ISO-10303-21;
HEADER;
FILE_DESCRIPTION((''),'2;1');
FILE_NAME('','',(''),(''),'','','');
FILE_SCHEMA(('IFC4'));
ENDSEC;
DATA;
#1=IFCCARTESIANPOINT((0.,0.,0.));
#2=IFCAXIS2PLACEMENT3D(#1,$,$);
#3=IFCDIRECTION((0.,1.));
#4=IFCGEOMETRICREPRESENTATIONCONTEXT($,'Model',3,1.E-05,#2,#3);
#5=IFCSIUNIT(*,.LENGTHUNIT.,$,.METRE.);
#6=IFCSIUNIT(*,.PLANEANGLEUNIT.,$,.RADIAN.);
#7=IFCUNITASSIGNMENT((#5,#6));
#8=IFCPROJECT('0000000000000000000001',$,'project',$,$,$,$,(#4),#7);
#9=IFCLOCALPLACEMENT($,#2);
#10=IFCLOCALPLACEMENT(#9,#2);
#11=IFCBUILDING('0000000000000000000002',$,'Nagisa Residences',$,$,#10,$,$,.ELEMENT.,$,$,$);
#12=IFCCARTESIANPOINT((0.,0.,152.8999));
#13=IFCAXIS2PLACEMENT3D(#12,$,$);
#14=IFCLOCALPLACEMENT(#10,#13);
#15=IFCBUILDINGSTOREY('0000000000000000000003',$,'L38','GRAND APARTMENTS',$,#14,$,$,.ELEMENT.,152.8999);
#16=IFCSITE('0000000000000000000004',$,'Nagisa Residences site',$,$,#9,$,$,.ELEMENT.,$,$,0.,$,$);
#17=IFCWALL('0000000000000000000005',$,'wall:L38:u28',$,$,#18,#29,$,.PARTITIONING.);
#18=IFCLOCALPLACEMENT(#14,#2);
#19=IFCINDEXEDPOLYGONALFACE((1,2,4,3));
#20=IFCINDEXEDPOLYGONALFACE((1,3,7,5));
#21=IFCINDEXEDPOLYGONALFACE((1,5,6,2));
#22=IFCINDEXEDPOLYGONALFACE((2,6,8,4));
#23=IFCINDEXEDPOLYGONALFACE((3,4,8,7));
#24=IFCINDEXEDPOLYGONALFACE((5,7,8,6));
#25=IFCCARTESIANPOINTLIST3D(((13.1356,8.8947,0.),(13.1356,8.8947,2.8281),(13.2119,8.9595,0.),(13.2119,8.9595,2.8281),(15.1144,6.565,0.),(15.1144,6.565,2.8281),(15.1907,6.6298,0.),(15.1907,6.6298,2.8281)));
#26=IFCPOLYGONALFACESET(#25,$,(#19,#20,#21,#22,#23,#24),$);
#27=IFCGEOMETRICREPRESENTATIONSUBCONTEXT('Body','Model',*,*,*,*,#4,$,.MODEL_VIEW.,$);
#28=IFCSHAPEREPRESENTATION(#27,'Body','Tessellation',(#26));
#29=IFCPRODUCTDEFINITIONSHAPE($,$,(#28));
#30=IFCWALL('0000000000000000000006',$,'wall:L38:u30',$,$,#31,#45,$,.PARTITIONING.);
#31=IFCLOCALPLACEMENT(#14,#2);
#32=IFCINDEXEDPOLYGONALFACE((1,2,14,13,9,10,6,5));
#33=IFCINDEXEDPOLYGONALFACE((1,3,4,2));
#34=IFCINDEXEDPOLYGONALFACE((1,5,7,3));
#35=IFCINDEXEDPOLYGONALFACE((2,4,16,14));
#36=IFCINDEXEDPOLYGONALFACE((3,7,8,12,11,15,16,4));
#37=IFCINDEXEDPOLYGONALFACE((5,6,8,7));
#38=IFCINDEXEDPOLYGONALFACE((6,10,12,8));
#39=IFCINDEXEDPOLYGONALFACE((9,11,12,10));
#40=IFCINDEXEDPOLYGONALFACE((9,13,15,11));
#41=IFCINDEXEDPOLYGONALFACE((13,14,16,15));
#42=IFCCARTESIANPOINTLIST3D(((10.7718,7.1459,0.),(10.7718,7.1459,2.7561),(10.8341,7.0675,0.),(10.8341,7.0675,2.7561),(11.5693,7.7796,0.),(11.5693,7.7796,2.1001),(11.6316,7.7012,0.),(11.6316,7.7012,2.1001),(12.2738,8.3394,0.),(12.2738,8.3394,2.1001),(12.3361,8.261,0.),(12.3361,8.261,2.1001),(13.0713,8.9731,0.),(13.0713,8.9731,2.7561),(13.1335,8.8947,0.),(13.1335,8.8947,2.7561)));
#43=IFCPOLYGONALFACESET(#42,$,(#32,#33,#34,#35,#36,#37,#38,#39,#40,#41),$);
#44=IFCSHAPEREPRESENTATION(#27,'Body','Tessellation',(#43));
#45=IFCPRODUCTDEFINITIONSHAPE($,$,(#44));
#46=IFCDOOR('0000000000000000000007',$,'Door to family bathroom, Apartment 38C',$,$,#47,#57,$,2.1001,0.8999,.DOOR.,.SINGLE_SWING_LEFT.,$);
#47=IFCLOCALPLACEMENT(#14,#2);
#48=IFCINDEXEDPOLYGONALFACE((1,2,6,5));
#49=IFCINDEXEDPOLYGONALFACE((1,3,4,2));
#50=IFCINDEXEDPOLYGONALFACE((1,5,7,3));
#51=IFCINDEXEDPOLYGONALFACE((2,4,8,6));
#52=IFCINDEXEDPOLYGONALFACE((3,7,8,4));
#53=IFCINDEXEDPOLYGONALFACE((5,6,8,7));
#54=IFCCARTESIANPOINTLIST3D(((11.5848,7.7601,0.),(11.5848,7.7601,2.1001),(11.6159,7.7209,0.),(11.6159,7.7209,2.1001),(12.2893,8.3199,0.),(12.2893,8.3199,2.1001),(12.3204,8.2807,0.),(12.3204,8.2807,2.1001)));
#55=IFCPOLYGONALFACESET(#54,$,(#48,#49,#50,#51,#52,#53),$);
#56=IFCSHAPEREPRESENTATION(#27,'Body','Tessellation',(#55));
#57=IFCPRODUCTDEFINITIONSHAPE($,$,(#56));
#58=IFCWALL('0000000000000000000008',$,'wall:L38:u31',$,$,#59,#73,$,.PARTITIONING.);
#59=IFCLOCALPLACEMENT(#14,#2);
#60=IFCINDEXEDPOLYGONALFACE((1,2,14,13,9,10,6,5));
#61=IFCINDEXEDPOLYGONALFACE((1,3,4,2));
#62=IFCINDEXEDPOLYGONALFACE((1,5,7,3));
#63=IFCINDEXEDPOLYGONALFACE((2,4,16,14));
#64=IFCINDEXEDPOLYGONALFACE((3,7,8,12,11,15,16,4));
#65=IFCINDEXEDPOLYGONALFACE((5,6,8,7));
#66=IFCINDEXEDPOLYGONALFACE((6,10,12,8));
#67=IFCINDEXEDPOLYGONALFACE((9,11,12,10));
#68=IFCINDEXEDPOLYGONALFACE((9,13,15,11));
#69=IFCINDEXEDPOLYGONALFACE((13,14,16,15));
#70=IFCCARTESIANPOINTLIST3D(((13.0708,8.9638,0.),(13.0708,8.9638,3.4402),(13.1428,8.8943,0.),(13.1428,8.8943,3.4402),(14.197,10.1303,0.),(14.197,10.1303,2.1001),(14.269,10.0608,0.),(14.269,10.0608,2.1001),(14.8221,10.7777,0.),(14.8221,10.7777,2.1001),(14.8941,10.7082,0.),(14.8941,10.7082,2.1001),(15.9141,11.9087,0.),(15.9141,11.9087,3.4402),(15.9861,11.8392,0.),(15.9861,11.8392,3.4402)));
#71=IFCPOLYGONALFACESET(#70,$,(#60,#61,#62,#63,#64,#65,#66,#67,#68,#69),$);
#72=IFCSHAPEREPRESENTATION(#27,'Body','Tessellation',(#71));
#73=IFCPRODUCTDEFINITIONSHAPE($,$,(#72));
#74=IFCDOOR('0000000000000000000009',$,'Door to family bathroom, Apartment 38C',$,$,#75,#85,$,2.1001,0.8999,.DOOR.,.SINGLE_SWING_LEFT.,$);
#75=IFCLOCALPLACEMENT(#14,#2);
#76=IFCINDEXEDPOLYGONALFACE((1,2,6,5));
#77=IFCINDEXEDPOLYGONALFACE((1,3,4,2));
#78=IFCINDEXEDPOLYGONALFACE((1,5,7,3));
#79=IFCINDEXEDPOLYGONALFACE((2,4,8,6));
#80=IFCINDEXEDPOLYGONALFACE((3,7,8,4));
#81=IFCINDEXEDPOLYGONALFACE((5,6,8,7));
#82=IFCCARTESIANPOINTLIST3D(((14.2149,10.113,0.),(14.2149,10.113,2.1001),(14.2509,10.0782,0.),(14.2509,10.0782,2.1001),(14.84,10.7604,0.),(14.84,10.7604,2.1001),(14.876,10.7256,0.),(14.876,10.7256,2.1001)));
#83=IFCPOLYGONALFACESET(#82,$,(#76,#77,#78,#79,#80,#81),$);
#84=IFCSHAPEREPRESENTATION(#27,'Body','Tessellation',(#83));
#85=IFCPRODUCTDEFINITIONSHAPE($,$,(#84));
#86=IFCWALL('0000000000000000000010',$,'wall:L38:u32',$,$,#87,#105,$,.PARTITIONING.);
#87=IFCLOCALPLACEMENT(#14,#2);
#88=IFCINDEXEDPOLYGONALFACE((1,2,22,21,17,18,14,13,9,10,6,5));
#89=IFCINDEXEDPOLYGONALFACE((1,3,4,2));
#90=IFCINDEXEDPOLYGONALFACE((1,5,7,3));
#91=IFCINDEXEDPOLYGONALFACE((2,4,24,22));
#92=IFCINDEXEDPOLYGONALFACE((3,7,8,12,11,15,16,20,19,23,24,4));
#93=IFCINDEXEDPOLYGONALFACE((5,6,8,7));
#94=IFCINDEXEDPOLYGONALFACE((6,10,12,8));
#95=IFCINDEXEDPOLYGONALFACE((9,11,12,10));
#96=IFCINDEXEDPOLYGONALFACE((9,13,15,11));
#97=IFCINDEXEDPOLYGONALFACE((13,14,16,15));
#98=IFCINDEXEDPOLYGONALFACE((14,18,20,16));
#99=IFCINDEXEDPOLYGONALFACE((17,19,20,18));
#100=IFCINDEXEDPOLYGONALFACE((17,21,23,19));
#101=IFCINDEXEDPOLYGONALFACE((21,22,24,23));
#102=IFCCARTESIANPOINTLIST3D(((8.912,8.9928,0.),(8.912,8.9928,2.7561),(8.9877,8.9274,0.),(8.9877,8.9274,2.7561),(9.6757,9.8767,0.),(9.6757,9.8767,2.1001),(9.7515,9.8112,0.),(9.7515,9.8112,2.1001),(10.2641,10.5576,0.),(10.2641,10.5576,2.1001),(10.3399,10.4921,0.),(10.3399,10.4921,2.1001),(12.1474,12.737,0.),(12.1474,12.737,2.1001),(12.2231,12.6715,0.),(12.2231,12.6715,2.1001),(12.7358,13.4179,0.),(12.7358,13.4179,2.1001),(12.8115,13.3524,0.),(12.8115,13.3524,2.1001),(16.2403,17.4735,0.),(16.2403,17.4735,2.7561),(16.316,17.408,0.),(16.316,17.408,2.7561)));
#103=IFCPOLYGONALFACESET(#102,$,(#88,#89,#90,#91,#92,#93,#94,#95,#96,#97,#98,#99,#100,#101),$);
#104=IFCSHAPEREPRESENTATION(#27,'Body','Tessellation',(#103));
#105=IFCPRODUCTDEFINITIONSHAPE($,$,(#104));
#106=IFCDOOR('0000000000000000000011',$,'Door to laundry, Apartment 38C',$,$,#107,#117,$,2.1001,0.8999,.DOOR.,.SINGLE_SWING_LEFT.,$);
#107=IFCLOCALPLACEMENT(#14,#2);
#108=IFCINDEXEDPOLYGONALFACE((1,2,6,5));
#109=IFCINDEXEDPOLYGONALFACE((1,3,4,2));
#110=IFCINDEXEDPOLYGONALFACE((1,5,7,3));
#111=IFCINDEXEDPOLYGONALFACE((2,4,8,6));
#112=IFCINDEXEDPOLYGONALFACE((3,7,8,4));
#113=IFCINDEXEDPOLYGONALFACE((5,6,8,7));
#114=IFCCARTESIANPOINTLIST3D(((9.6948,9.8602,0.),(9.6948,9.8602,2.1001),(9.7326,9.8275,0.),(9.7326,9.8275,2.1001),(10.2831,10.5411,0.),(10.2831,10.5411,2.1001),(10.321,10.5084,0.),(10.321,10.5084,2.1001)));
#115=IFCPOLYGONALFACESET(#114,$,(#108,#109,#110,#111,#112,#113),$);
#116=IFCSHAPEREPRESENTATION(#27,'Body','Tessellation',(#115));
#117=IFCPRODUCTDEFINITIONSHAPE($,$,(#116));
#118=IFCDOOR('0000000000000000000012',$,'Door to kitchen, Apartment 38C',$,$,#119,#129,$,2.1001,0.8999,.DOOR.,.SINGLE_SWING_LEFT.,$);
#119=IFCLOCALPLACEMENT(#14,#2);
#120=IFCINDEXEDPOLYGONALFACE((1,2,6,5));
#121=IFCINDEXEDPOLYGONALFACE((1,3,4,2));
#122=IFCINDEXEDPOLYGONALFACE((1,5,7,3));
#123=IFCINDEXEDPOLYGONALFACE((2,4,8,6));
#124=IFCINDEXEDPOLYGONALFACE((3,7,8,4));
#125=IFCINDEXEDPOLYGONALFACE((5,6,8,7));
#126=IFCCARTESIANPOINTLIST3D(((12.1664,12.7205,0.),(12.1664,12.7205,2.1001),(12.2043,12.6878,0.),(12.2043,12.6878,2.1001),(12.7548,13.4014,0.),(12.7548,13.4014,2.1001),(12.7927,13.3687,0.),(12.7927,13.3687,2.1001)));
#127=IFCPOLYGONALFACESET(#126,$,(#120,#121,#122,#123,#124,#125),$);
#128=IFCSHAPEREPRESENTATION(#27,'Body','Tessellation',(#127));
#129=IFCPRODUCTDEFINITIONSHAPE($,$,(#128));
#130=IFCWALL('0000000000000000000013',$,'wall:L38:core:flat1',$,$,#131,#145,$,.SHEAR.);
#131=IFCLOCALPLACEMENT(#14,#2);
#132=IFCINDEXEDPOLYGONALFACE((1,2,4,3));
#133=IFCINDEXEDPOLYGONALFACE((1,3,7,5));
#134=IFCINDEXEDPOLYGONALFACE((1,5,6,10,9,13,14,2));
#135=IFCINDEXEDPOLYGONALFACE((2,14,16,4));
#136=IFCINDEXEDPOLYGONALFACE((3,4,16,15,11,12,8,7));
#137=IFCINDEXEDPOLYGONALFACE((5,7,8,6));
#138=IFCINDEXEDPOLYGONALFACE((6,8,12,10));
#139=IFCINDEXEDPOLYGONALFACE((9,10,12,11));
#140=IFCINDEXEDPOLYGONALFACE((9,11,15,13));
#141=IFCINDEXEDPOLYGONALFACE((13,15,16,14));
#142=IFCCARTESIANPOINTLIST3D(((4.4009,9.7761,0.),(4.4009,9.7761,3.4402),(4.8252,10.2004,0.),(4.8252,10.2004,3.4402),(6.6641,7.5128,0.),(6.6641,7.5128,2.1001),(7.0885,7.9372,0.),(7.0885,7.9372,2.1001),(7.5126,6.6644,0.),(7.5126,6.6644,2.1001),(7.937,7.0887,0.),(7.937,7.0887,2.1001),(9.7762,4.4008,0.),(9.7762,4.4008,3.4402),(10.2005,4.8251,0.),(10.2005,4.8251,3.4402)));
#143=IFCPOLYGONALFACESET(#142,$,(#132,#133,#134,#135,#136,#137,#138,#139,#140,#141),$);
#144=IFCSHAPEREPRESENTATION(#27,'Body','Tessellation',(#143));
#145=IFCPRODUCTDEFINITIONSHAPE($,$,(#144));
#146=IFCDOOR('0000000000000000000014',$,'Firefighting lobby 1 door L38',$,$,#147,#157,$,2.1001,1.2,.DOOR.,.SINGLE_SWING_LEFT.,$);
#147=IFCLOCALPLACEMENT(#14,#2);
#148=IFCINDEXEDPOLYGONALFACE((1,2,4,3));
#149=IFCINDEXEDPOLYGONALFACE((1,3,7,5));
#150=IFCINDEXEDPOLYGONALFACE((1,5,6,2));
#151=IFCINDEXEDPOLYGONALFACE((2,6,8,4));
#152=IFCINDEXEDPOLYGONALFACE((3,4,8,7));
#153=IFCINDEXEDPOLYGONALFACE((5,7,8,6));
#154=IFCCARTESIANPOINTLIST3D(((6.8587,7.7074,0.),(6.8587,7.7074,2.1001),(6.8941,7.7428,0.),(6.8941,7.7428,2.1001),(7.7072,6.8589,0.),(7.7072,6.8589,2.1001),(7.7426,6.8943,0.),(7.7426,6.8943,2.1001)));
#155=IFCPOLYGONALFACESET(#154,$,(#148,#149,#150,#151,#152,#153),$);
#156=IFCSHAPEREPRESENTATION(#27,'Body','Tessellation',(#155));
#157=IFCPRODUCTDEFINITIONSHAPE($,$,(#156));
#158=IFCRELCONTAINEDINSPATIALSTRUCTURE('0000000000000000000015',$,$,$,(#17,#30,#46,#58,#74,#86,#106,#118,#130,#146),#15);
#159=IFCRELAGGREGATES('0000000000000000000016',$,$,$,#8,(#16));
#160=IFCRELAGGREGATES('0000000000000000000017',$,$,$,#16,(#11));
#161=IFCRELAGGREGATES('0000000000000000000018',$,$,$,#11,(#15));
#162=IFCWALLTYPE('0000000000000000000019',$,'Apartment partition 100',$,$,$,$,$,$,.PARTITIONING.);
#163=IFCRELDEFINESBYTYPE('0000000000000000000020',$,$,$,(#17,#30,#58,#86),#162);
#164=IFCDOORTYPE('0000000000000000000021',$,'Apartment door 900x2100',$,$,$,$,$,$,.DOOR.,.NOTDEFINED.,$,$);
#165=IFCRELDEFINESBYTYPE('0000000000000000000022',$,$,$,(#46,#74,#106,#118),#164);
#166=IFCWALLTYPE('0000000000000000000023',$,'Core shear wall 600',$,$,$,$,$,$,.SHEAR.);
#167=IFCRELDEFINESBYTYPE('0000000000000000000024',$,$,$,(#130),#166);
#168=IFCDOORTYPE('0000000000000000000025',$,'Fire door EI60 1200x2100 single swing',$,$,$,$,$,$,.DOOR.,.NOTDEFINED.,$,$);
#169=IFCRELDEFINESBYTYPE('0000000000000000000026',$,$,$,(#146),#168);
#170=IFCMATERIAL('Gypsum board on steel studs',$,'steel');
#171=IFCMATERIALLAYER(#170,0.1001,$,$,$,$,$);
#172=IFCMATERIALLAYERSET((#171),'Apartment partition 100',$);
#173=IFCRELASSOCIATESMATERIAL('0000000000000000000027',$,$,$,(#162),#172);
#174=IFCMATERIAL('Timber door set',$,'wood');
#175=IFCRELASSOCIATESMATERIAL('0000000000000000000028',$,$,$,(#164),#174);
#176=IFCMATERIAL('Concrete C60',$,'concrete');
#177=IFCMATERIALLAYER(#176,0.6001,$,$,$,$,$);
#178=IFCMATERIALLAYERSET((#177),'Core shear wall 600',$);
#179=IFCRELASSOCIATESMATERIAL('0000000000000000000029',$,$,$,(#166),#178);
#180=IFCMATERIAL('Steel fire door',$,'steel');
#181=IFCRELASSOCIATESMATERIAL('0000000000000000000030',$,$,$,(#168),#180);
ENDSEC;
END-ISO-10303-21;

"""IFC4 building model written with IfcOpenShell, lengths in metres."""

from ifc_helpers import new_model, si_unit, direction, frame, frame_2d, origin, place, context, subcontext, project, spatial, rectangle, extrude, material, layer, layer_set, type_object, element, fill, save


model = new_model("IFC4")

# Units and contexts
model_context = context("Model", 3, precision=1e-05, world=origin(), true_north=direction((0.0, 1.0)))
body_context = subcontext(model_context, "Body", "Model", "MODEL_VIEW")
ifc_project = project(units=[si_unit("LENGTHUNIT", "METRE"), si_unit("PLANEANGLEUNIT", "RADIAN")], contexts=[model_context])

# Site, building, storey
site_placement = place(None, origin())
site = spatial("IfcSite", under=ifc_project, at=site_placement, Name="Nagisa Residences site", CompositionType="ELEMENT", RefElevation=0.0)
building_placement = place(site_placement, origin())
building = spatial("IfcBuilding", under=site, at=building_placement, Name="Nagisa Residences", CompositionType="ELEMENT")
storey_placement = place(building_placement, frame((0.0, 0.0, 152.8999)))
storey = spatial("IfcBuildingStorey", under=building, at=storey_placement, Name="L38", Description="GRAND APARTMENTS", CompositionType="ELEMENT", Elevation=152.8999)

# Shared definitions
ifc_material_1 = material(Name="Gypsum board on steel studs", Category="steel")
ifc_layer_1 = layer(ifc_material_1, 0.1001)
ifc_layer_set_1 = layer_set([ifc_layer_1], Name="Apartment partition 100")
wall_type_1 = type_object("IfcWallType", Name="Apartment partition 100", PredefinedType="PARTITIONING", material=ifc_layer_set_1)
ifc_material_2 = material(Name="Timber door set", Category="wood")
door_type_1 = type_object("IfcDoorType", Name="Apartment door 900x2100", OperationType="NOTDEFINED", PredefinedType="DOOR", material=ifc_material_2)

# Wall
wall_1_placement = place(storey_placement, frame((15.1526, 6.5974, 0.0), z_axis=(0.0, 0.0, 1.0), x_axis=(-0.647384, 0.762164, 0.0)))
element("IfcWall", 1, at=wall_1_placement, inside=storey, type_object=wall_type_1, Name="wall:L38:u28", PredefinedType="PARTITIONING", context=body_context, shape_type="SweptSolid", body=[
    extrude(rectangle(XDim=3.0566, YDim=0.1001, at=frame_2d((1.5283, 0.0))), origin(), (0.0, 0.0, 1.0), 2.8281),
])

# Walls, openings, doors
wall_2_placement = place(storey_placement, frame((10.803, 7.1067, 0.0), z_axis=(0.0, 0.0, 1.0), x_axis=(0.782908, 0.622137, 0.0)))
wall_2 = element("IfcWall", 2, at=wall_2_placement, inside=storey, type_object=wall_type_1, Name="wall:L38:u30", PredefinedType="PARTITIONING", context=body_context, shape_type="SweptSolid", body=[
    extrude(rectangle(XDim=2.937, YDim=0.1001, at=frame_2d((1.4685, 0.0))), origin(), (0.0, 0.0, 1.0), 2.7561),
])
opening_1_placement = place(wall_2_placement, frame((1.0186, 0.0, 0.0)))
opening_1 = element("IfcOpeningElement", 3, at=opening_1_placement, cuts=wall_2, PredefinedType="OPENING", context=body_context, shape_type="SweptSolid", body=[
    extrude(rectangle(XDim=0.8999, YDim=2.1001, at=frame_2d((0.45, 1.05))), frame((0.0, 0.0601, 0.0), z_axis=(0.0, -1.0, 0.0), x_axis=(1.0, 0.0, 0.0)), (0.0, 0.0, 1.0), 0.1201),
])
door_1_placement = place(opening_1_placement, frame((0.8999, 0.0, 0.0), x_axis=(-1.0, 0.0, 0.0)))
door_1 = element("IfcDoor", 4, at=door_1_placement, inside=storey, type_object=door_type_1, Name="Door to family bathroom, Apartment 38C", OperationType="SINGLE_SWING_LEFT", OverallHeight=2.1001, OverallWidth=0.8999, PredefinedType="DOOR", context=body_context, shape_type="SweptSolid", body=[
    extrude(rectangle(XDim=0.8999, YDim=2.1001, at=frame_2d((0.45, 1.05))), frame((0.0, 0.0249, 0.0), z_axis=(0.0, -1.0, 0.0), x_axis=(1.0, 0.0, 0.0)), (0.0, 0.0, 1.0), 0.05),
])
fill(opening_1, door_1)
wall_3_placement = place(storey_placement, frame((13.1067, 8.929, 0.0), z_axis=(0.0, 0.0, 1.0), x_axis=(0.694592, 0.719404, 0.0)))
wall_3 = element("IfcWall", 5, at=wall_3_placement, inside=storey, type_object=wall_type_1, Name="wall:L38:u31", PredefinedType="PARTITIONING", context=body_context, shape_type="SweptSolid", body=[
    extrude(rectangle(XDim=4.0935, YDim=0.1001, at=frame_2d((2.0469, 0.0))), origin(), (0.0, 0.0, 1.0), 3.4402),
])
opening_2_placement = place(wall_3_placement, frame((1.6216, 0.0, 0.0)))
opening_2 = element("IfcOpeningElement", 6, at=opening_2_placement, cuts=wall_3, PredefinedType="OPENING", context=body_context, shape_type="SweptSolid", body=[
    extrude(rectangle(XDim=0.8999, YDim=2.1001, at=frame_2d((0.45, 1.05))), frame((0.0, 0.0601, 0.0), z_axis=(0.0, -1.0, 0.0), x_axis=(1.0, 0.0, 0.0)), (0.0, 0.0, 1.0), 0.1201),
])
door_2_placement = place(opening_2_placement, frame((0.8999, 0.0, 0.0), x_axis=(-1.0, 0.0, 0.0)))
door_2 = element("IfcDoor", 7, at=door_2_placement, inside=storey, type_object=door_type_1, Name="Door to family bathroom, Apartment 38C", OperationType="SINGLE_SWING_LEFT", OverallHeight=2.1001, OverallWidth=0.8999, PredefinedType="DOOR", context=body_context, shape_type="SweptSolid", body=[
    extrude(rectangle(XDim=0.8999, YDim=2.1001, at=frame_2d((0.45, 1.05))), frame((0.0, 0.0249, 0.0), z_axis=(0.0, -1.0, 0.0), x_axis=(1.0, 0.0, 0.0)), (0.0, 0.0, 1.0), 0.05),
])
fill(opening_2, door_2)

# Wall, openings, doors
wall_4_placement = place(storey_placement, frame((8.95, 8.9602, 0.0), z_axis=(0.0, 0.0, 1.0), x_axis=(0.65383, 0.756641, 0.0)))
wall_4 = element("IfcWall", 8, at=wall_4_placement, inside=storey, type_object=wall_type_1, Name="wall:L38:u32", PredefinedType="PARTITIONING", context=body_context, shape_type="SweptSolid", body=[
    extrude(rectangle(XDim=11.2083, YDim=0.1001, at=frame_2d((5.604, 0.0))), origin(), (0.0, 0.0, 1.0), 2.7561),
])
opening_3_placement = place(wall_4_placement, frame((1.168, 0.0, 0.0)))
opening_3 = element("IfcOpeningElement", 9, at=opening_3_placement, cuts=wall_4, PredefinedType="OPENING", context=body_context, shape_type="SweptSolid", body=[
    extrude(rectangle(XDim=0.8999, YDim=2.1001, at=frame_2d((0.45, 1.05))), frame((0.0, 0.0601, 0.0), z_axis=(0.0, -1.0, 0.0), x_axis=(1.0, 0.0, 0.0)), (0.0, 0.0, 1.0), 0.1201),
])
opening_4_placement = place(wall_4_placement, frame((4.9482, 0.0, 0.0)))
opening_4 = element("IfcOpeningElement", 10, at=opening_4_placement, cuts=wall_4, PredefinedType="OPENING", context=body_context, shape_type="SweptSolid", body=[
    extrude(rectangle(XDim=0.8999, YDim=2.1001, at=frame_2d((0.45, 1.05))), frame((0.0, 0.0601, 0.0), z_axis=(0.0, -1.0, 0.0), x_axis=(1.0, 0.0, 0.0)), (0.0, 0.0, 1.0), 0.1201),
])
door_3_placement = place(opening_3_placement, origin())
door_3 = element("IfcDoor", 11, at=door_3_placement, inside=storey, type_object=door_type_1, Name="Door to laundry, Apartment 38C", OperationType="SINGLE_SWING_LEFT", OverallHeight=2.1001, OverallWidth=0.8999, PredefinedType="DOOR", context=body_context, shape_type="SweptSolid", body=[
    extrude(rectangle(XDim=0.8999, YDim=2.1001, at=frame_2d((0.45, 1.05))), frame((0.0, 0.0249, 0.0), z_axis=(0.0, -1.0, 0.0), x_axis=(1.0, 0.0, 0.0)), (0.0, 0.0, 1.0), 0.05),
])
fill(opening_3, door_3)
door_4_placement = place(opening_4_placement, origin())
door_4 = element("IfcDoor", 12, at=door_4_placement, inside=storey, type_object=door_type_1, Name="Door to kitchen, Apartment 38C", OperationType="SINGLE_SWING_LEFT", OverallHeight=2.1001, OverallWidth=0.8999, PredefinedType="DOOR", context=body_context, shape_type="SweptSolid", body=[
    extrude(rectangle(XDim=0.8999, YDim=2.1001, at=frame_2d((0.45, 1.05))), frame((0.0, 0.0249, 0.0), z_axis=(0.0, -1.0, 0.0), x_axis=(1.0, 0.0, 0.0)), (0.0, 0.0, 1.0), 0.05),
])
fill(opening_4, door_4)

# Wall, opening, door
ifc_material_3 = material(Name="Concrete C60", Category="concrete")
ifc_layer_2 = layer(ifc_material_3, 0.6001)
ifc_layer_set_2 = layer_set([ifc_layer_2], Name="Core shear wall 600")
wall_type_2 = type_object("IfcWallType", Name="Core shear wall 600", PredefinedType="SHEAR", material=ifc_layer_set_2)
wall_5_placement = place(storey_placement, frame((9.9883, 4.613, 0.0), z_axis=(0.0, 0.0, 1.0), x_axis=(-0.707107, 0.707107, 0.0)))
wall_5 = element("IfcWall", 13, at=wall_5_placement, inside=storey, type_object=wall_type_2, Name="wall:L38:core:flat1", PredefinedType="SHEAR", context=body_context, shape_type="SweptSolid", body=[
    extrude(rectangle(XDim=7.6018, YDim=0.6001, at=frame_2d((3.8008, 0.0))), origin(), (0.0, 0.0, 1.0), 3.4402),
])
opening_5_placement = place(wall_5_placement, frame((3.2009, 0.0, 0.0)))
opening_5 = element("IfcOpeningElement", 14, at=opening_5_placement, cuts=wall_5, PredefinedType="OPENING", context=body_context, shape_type="SweptSolid", body=[
    extrude(rectangle(XDim=1.2, YDim=2.1001, at=frame_2d((0.6001, 1.05))), frame((0.0, 0.3101, 0.0), z_axis=(0.0, -1.0, 0.0), x_axis=(1.0, 0.0, 0.0)), (0.0, 0.0, 1.0), 0.6201),
])
ifc_material_4 = material(Name="Steel fire door", Category="steel")
door_type_2 = type_object("IfcDoorType", Name="Fire door EI60 1200x2100 single swing", OperationType="NOTDEFINED", PredefinedType="DOOR", material=ifc_material_4)
door_5_placement = place(opening_5_placement, origin())
door_5 = element("IfcDoor", 15, at=door_5_placement, inside=storey, type_object=door_type_2, Name="Firefighting lobby 1 door L38", OperationType="SINGLE_SWING_LEFT", OverallHeight=2.1001, OverallWidth=1.2, PredefinedType="DOOR", context=body_context, shape_type="SweptSolid", body=[
    extrude(rectangle(XDim=1.2, YDim=2.1001, at=frame_2d((0.6001, 1.05))), frame((0.0, 0.0249, 0.0), z_axis=(0.0, -1.0, 0.0), x_axis=(1.0, 0.0, 0.0)), (0.0, 0.0, 1.0), 0.05),
])
fill(opening_5, door_5)

save(model, "model.ifc")
